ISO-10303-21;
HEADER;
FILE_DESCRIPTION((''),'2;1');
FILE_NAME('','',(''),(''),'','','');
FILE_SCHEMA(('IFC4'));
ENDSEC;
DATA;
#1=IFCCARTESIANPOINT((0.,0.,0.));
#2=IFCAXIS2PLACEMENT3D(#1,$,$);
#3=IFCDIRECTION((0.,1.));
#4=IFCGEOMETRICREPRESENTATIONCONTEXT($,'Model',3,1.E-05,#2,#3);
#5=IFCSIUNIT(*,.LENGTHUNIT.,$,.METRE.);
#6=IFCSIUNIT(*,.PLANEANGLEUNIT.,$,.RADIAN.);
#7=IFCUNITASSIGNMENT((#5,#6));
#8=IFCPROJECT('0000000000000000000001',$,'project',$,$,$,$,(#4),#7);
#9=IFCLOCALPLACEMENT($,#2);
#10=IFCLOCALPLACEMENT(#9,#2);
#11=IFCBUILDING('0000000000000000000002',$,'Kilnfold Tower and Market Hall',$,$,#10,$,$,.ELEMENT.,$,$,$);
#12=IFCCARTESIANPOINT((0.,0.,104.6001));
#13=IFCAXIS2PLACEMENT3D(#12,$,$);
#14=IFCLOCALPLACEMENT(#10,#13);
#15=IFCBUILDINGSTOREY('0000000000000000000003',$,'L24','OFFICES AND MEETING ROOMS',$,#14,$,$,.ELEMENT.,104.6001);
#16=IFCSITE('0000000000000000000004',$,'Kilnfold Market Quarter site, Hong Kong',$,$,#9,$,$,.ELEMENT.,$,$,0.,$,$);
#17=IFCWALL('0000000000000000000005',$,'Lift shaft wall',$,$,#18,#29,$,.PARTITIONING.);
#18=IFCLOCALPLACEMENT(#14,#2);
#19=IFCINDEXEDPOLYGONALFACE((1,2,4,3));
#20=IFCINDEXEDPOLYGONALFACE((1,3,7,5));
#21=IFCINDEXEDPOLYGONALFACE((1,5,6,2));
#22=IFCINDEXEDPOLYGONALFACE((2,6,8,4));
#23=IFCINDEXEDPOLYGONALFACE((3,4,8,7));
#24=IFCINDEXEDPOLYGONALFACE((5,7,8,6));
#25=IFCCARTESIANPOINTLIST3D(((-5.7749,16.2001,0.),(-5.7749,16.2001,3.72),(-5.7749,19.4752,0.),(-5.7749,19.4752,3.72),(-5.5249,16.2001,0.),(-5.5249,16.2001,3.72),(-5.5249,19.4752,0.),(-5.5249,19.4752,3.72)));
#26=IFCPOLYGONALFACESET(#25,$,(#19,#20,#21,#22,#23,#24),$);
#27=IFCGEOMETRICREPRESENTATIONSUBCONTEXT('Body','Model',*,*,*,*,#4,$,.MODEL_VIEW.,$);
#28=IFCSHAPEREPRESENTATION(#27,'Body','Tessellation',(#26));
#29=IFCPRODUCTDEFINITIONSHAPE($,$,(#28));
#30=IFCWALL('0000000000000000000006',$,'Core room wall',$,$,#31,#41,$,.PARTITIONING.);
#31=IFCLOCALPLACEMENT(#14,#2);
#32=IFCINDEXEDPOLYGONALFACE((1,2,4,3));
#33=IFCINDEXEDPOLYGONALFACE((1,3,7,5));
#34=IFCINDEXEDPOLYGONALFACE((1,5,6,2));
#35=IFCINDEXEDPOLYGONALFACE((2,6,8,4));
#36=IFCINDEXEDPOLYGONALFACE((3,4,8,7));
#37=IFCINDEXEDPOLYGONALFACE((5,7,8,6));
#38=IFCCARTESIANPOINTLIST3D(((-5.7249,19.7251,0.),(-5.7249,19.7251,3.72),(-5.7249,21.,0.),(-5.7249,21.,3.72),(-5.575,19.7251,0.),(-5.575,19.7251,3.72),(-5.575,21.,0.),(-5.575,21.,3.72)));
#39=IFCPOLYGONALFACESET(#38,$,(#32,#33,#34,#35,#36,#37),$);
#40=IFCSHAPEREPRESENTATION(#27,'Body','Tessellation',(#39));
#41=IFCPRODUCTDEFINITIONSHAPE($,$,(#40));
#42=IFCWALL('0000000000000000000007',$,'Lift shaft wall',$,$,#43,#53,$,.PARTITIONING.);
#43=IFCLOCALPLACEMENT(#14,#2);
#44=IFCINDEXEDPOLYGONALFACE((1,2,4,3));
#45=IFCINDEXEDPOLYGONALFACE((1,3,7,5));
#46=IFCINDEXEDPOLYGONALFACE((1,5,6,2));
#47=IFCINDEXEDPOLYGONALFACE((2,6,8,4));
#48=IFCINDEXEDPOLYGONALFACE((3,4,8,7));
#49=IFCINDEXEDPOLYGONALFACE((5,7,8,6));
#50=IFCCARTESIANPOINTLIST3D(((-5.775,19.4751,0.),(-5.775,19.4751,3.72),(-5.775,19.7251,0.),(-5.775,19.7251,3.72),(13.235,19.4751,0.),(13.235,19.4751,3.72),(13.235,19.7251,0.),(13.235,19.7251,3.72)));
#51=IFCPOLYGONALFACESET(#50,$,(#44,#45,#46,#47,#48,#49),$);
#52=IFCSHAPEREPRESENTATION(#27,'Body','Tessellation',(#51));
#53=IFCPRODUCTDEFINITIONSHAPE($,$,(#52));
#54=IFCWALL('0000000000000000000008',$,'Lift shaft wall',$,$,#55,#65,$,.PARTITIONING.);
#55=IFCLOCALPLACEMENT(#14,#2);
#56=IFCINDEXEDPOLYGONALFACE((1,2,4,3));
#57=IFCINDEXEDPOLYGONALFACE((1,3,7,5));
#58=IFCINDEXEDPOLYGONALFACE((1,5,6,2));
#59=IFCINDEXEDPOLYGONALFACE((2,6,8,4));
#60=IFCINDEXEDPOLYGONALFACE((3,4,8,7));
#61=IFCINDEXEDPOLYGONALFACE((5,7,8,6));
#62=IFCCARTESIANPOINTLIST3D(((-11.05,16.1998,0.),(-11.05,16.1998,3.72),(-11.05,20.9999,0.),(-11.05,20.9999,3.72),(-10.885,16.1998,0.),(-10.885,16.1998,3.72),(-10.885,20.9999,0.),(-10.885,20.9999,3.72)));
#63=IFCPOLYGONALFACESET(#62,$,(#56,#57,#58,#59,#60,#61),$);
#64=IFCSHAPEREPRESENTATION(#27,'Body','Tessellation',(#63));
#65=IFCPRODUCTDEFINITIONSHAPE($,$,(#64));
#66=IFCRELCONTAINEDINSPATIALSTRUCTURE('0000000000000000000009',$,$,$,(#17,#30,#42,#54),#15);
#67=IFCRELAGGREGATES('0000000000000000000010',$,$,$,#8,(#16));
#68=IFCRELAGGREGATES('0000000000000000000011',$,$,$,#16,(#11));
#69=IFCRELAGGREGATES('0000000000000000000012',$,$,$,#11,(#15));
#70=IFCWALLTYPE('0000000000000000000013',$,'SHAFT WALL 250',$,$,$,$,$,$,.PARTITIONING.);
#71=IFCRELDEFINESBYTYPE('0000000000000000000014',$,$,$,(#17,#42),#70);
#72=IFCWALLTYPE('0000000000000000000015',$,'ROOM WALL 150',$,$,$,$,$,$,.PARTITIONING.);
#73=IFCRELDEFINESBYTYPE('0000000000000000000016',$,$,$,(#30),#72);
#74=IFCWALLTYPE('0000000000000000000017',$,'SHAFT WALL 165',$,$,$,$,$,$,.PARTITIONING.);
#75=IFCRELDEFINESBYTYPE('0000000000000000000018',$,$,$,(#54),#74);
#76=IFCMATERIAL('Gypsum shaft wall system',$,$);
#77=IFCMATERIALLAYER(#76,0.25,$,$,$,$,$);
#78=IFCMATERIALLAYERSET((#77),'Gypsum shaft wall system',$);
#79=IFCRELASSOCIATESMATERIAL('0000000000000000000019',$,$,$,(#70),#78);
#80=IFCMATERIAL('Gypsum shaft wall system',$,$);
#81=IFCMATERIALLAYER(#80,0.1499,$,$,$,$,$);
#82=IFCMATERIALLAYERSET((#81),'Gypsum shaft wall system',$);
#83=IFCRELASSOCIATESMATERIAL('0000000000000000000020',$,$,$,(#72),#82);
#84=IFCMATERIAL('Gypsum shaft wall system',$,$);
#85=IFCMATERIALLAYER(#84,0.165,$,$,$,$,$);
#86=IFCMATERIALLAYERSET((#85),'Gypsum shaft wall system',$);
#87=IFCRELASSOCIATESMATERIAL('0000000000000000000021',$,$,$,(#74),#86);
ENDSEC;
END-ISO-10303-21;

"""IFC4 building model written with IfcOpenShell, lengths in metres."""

from ifc_helpers import new_model, si_unit, direction, frame, frame_2d, origin, place, context, subcontext, project, spatial, rectangle, extrude, source, transform, mapped, material, layer, layer_set, type_object, element, save


model = new_model("IFC4")

# Units and contexts
model_context = context("Model", 3, precision=1e-05, world=origin(), true_north=direction((0.0, 1.0)))
body_context = subcontext(model_context, "Body", "Model", "MODEL_VIEW")
ifc_project = project(units=[si_unit("LENGTHUNIT", "METRE"), si_unit("PLANEANGLEUNIT", "RADIAN")], contexts=[model_context])

# Site, building, storey
site_placement = place(None, origin())
site = spatial("IfcSite", under=ifc_project, at=site_placement, Name="Kilnfold Market Quarter site, Hong Kong", CompositionType="ELEMENT", RefElevation=0.0)
building_placement = place(site_placement, origin())
building = spatial("IfcBuilding", under=site, at=building_placement, Name="Kilnfold Tower and Market Hall", CompositionType="ELEMENT")
storey_placement = place(building_placement, frame((0.0, 0.0, 104.6001)))
storey = spatial("IfcBuildingStorey", under=building, at=storey_placement, Name="L24", Description="OFFICES AND MEETING ROOMS", CompositionType="ELEMENT", Elevation=104.6001)

# Walls
ifc_material_1 = material(Name="Gypsum shaft wall system")
ifc_layer_1 = layer(ifc_material_1, 0.25)
ifc_layer_set_1 = layer_set([ifc_layer_1], Name="Gypsum shaft wall system")
wall_type_1 = type_object("IfcWallType", Name="SHAFT WALL 250", PredefinedType="PARTITIONING", material=ifc_layer_set_1)
shared_shape_1 = source(origin(), body_context, "Body", "SweptSolid", [
    extrude(rectangle(XDim=3.2751, YDim=0.25, at=frame_2d((1.6377, 0.0))), origin(), (0.0, 0.0, 1.0), 3.72),
])
wall_1_placement = place(storey_placement, frame((-5.6499, 16.2, 0.0), z_axis=(0.0, 0.0, 1.0), x_axis=(0.0, 1.0, 0.0)))
element("IfcWall", 1, at=wall_1_placement, inside=storey, type_object=wall_type_1, Name="Lift shaft wall", PredefinedType="PARTITIONING", context=body_context, shape_type="MappedRepresentation", body=[
    mapped(shared_shape_1, transform((0.0, 0.0, 0.0))),
])
ifc_material_2 = material(Name="Gypsum shaft wall system")
ifc_layer_2 = layer(ifc_material_2, 0.1499)
ifc_layer_set_2 = layer_set([ifc_layer_2], Name="Gypsum shaft wall system")
wall_type_2 = type_object("IfcWallType", Name="ROOM WALL 150", PredefinedType="PARTITIONING", material=ifc_layer_set_2)
shared_shape_2 = source(origin(), body_context, "Body", "SweptSolid", [
    extrude(rectangle(XDim=1.2749, YDim=0.1499, at=frame_2d((0.6375, 0.0))), origin(), (0.0, 0.0, 1.0), 3.72),
])
wall_2_placement = place(storey_placement, frame((-5.6499, 19.7251, 0.0), z_axis=(0.0, 0.0, 1.0), x_axis=(0.0, 1.0, 0.0)))
element("IfcWall", 2, at=wall_2_placement, inside=storey, type_object=wall_type_2, Name="Core room wall", PredefinedType="PARTITIONING", context=body_context, shape_type="MappedRepresentation", body=[
    mapped(shared_shape_2, transform((0.0, 0.0, 0.0))),
])
shared_shape_3 = source(origin(), body_context, "Body", "SweptSolid", [
    extrude(rectangle(XDim=19.01, YDim=0.25, at=frame_2d((9.5049, 0.0))), origin(), (0.0, 0.0, 1.0), 3.72),
])
wall_3_placement = place(storey_placement, frame((-5.7749, 19.6001, 0.0), z_axis=(0.0, 0.0, 1.0), x_axis=(1.0, 0.0, 0.0)))
element("IfcWall", 3, at=wall_3_placement, inside=storey, type_object=wall_type_1, Name="Lift shaft wall", PredefinedType="PARTITIONING", context=body_context, shape_type="MappedRepresentation", body=[
    mapped(shared_shape_3, transform((0.0, 0.0, 0.0))),
])
ifc_material_3 = material(Name="Gypsum shaft wall system")
ifc_layer_3 = layer(ifc_material_3, 0.165)
ifc_layer_set_3 = layer_set([ifc_layer_3], Name="Gypsum shaft wall system")
wall_type_3 = type_object("IfcWallType", Name="SHAFT WALL 165", PredefinedType="PARTITIONING", material=ifc_layer_set_3)
shared_shape_4 = source(origin(), body_context, "Body", "SweptSolid", [
    extrude(rectangle(XDim=4.8, YDim=0.165, at=frame_2d((2.3999, 0.0))), origin(), (0.0, 0.0, 1.0), 3.72),
])
wall_4_placement = place(storey_placement, frame((-10.9675, 16.2, 0.0), z_axis=(0.0, 0.0, 1.0), x_axis=(0.0, 1.0, 0.0)))
element("IfcWall", 4, at=wall_4_placement, inside=storey, type_object=wall_type_3, Name="Lift shaft wall", PredefinedType="PARTITIONING", context=body_context, shape_type="MappedRepresentation", body=[
    mapped(shared_shape_4, transform((0.0, 0.0, 0.0))),
])

save(model, "model.ifc")
